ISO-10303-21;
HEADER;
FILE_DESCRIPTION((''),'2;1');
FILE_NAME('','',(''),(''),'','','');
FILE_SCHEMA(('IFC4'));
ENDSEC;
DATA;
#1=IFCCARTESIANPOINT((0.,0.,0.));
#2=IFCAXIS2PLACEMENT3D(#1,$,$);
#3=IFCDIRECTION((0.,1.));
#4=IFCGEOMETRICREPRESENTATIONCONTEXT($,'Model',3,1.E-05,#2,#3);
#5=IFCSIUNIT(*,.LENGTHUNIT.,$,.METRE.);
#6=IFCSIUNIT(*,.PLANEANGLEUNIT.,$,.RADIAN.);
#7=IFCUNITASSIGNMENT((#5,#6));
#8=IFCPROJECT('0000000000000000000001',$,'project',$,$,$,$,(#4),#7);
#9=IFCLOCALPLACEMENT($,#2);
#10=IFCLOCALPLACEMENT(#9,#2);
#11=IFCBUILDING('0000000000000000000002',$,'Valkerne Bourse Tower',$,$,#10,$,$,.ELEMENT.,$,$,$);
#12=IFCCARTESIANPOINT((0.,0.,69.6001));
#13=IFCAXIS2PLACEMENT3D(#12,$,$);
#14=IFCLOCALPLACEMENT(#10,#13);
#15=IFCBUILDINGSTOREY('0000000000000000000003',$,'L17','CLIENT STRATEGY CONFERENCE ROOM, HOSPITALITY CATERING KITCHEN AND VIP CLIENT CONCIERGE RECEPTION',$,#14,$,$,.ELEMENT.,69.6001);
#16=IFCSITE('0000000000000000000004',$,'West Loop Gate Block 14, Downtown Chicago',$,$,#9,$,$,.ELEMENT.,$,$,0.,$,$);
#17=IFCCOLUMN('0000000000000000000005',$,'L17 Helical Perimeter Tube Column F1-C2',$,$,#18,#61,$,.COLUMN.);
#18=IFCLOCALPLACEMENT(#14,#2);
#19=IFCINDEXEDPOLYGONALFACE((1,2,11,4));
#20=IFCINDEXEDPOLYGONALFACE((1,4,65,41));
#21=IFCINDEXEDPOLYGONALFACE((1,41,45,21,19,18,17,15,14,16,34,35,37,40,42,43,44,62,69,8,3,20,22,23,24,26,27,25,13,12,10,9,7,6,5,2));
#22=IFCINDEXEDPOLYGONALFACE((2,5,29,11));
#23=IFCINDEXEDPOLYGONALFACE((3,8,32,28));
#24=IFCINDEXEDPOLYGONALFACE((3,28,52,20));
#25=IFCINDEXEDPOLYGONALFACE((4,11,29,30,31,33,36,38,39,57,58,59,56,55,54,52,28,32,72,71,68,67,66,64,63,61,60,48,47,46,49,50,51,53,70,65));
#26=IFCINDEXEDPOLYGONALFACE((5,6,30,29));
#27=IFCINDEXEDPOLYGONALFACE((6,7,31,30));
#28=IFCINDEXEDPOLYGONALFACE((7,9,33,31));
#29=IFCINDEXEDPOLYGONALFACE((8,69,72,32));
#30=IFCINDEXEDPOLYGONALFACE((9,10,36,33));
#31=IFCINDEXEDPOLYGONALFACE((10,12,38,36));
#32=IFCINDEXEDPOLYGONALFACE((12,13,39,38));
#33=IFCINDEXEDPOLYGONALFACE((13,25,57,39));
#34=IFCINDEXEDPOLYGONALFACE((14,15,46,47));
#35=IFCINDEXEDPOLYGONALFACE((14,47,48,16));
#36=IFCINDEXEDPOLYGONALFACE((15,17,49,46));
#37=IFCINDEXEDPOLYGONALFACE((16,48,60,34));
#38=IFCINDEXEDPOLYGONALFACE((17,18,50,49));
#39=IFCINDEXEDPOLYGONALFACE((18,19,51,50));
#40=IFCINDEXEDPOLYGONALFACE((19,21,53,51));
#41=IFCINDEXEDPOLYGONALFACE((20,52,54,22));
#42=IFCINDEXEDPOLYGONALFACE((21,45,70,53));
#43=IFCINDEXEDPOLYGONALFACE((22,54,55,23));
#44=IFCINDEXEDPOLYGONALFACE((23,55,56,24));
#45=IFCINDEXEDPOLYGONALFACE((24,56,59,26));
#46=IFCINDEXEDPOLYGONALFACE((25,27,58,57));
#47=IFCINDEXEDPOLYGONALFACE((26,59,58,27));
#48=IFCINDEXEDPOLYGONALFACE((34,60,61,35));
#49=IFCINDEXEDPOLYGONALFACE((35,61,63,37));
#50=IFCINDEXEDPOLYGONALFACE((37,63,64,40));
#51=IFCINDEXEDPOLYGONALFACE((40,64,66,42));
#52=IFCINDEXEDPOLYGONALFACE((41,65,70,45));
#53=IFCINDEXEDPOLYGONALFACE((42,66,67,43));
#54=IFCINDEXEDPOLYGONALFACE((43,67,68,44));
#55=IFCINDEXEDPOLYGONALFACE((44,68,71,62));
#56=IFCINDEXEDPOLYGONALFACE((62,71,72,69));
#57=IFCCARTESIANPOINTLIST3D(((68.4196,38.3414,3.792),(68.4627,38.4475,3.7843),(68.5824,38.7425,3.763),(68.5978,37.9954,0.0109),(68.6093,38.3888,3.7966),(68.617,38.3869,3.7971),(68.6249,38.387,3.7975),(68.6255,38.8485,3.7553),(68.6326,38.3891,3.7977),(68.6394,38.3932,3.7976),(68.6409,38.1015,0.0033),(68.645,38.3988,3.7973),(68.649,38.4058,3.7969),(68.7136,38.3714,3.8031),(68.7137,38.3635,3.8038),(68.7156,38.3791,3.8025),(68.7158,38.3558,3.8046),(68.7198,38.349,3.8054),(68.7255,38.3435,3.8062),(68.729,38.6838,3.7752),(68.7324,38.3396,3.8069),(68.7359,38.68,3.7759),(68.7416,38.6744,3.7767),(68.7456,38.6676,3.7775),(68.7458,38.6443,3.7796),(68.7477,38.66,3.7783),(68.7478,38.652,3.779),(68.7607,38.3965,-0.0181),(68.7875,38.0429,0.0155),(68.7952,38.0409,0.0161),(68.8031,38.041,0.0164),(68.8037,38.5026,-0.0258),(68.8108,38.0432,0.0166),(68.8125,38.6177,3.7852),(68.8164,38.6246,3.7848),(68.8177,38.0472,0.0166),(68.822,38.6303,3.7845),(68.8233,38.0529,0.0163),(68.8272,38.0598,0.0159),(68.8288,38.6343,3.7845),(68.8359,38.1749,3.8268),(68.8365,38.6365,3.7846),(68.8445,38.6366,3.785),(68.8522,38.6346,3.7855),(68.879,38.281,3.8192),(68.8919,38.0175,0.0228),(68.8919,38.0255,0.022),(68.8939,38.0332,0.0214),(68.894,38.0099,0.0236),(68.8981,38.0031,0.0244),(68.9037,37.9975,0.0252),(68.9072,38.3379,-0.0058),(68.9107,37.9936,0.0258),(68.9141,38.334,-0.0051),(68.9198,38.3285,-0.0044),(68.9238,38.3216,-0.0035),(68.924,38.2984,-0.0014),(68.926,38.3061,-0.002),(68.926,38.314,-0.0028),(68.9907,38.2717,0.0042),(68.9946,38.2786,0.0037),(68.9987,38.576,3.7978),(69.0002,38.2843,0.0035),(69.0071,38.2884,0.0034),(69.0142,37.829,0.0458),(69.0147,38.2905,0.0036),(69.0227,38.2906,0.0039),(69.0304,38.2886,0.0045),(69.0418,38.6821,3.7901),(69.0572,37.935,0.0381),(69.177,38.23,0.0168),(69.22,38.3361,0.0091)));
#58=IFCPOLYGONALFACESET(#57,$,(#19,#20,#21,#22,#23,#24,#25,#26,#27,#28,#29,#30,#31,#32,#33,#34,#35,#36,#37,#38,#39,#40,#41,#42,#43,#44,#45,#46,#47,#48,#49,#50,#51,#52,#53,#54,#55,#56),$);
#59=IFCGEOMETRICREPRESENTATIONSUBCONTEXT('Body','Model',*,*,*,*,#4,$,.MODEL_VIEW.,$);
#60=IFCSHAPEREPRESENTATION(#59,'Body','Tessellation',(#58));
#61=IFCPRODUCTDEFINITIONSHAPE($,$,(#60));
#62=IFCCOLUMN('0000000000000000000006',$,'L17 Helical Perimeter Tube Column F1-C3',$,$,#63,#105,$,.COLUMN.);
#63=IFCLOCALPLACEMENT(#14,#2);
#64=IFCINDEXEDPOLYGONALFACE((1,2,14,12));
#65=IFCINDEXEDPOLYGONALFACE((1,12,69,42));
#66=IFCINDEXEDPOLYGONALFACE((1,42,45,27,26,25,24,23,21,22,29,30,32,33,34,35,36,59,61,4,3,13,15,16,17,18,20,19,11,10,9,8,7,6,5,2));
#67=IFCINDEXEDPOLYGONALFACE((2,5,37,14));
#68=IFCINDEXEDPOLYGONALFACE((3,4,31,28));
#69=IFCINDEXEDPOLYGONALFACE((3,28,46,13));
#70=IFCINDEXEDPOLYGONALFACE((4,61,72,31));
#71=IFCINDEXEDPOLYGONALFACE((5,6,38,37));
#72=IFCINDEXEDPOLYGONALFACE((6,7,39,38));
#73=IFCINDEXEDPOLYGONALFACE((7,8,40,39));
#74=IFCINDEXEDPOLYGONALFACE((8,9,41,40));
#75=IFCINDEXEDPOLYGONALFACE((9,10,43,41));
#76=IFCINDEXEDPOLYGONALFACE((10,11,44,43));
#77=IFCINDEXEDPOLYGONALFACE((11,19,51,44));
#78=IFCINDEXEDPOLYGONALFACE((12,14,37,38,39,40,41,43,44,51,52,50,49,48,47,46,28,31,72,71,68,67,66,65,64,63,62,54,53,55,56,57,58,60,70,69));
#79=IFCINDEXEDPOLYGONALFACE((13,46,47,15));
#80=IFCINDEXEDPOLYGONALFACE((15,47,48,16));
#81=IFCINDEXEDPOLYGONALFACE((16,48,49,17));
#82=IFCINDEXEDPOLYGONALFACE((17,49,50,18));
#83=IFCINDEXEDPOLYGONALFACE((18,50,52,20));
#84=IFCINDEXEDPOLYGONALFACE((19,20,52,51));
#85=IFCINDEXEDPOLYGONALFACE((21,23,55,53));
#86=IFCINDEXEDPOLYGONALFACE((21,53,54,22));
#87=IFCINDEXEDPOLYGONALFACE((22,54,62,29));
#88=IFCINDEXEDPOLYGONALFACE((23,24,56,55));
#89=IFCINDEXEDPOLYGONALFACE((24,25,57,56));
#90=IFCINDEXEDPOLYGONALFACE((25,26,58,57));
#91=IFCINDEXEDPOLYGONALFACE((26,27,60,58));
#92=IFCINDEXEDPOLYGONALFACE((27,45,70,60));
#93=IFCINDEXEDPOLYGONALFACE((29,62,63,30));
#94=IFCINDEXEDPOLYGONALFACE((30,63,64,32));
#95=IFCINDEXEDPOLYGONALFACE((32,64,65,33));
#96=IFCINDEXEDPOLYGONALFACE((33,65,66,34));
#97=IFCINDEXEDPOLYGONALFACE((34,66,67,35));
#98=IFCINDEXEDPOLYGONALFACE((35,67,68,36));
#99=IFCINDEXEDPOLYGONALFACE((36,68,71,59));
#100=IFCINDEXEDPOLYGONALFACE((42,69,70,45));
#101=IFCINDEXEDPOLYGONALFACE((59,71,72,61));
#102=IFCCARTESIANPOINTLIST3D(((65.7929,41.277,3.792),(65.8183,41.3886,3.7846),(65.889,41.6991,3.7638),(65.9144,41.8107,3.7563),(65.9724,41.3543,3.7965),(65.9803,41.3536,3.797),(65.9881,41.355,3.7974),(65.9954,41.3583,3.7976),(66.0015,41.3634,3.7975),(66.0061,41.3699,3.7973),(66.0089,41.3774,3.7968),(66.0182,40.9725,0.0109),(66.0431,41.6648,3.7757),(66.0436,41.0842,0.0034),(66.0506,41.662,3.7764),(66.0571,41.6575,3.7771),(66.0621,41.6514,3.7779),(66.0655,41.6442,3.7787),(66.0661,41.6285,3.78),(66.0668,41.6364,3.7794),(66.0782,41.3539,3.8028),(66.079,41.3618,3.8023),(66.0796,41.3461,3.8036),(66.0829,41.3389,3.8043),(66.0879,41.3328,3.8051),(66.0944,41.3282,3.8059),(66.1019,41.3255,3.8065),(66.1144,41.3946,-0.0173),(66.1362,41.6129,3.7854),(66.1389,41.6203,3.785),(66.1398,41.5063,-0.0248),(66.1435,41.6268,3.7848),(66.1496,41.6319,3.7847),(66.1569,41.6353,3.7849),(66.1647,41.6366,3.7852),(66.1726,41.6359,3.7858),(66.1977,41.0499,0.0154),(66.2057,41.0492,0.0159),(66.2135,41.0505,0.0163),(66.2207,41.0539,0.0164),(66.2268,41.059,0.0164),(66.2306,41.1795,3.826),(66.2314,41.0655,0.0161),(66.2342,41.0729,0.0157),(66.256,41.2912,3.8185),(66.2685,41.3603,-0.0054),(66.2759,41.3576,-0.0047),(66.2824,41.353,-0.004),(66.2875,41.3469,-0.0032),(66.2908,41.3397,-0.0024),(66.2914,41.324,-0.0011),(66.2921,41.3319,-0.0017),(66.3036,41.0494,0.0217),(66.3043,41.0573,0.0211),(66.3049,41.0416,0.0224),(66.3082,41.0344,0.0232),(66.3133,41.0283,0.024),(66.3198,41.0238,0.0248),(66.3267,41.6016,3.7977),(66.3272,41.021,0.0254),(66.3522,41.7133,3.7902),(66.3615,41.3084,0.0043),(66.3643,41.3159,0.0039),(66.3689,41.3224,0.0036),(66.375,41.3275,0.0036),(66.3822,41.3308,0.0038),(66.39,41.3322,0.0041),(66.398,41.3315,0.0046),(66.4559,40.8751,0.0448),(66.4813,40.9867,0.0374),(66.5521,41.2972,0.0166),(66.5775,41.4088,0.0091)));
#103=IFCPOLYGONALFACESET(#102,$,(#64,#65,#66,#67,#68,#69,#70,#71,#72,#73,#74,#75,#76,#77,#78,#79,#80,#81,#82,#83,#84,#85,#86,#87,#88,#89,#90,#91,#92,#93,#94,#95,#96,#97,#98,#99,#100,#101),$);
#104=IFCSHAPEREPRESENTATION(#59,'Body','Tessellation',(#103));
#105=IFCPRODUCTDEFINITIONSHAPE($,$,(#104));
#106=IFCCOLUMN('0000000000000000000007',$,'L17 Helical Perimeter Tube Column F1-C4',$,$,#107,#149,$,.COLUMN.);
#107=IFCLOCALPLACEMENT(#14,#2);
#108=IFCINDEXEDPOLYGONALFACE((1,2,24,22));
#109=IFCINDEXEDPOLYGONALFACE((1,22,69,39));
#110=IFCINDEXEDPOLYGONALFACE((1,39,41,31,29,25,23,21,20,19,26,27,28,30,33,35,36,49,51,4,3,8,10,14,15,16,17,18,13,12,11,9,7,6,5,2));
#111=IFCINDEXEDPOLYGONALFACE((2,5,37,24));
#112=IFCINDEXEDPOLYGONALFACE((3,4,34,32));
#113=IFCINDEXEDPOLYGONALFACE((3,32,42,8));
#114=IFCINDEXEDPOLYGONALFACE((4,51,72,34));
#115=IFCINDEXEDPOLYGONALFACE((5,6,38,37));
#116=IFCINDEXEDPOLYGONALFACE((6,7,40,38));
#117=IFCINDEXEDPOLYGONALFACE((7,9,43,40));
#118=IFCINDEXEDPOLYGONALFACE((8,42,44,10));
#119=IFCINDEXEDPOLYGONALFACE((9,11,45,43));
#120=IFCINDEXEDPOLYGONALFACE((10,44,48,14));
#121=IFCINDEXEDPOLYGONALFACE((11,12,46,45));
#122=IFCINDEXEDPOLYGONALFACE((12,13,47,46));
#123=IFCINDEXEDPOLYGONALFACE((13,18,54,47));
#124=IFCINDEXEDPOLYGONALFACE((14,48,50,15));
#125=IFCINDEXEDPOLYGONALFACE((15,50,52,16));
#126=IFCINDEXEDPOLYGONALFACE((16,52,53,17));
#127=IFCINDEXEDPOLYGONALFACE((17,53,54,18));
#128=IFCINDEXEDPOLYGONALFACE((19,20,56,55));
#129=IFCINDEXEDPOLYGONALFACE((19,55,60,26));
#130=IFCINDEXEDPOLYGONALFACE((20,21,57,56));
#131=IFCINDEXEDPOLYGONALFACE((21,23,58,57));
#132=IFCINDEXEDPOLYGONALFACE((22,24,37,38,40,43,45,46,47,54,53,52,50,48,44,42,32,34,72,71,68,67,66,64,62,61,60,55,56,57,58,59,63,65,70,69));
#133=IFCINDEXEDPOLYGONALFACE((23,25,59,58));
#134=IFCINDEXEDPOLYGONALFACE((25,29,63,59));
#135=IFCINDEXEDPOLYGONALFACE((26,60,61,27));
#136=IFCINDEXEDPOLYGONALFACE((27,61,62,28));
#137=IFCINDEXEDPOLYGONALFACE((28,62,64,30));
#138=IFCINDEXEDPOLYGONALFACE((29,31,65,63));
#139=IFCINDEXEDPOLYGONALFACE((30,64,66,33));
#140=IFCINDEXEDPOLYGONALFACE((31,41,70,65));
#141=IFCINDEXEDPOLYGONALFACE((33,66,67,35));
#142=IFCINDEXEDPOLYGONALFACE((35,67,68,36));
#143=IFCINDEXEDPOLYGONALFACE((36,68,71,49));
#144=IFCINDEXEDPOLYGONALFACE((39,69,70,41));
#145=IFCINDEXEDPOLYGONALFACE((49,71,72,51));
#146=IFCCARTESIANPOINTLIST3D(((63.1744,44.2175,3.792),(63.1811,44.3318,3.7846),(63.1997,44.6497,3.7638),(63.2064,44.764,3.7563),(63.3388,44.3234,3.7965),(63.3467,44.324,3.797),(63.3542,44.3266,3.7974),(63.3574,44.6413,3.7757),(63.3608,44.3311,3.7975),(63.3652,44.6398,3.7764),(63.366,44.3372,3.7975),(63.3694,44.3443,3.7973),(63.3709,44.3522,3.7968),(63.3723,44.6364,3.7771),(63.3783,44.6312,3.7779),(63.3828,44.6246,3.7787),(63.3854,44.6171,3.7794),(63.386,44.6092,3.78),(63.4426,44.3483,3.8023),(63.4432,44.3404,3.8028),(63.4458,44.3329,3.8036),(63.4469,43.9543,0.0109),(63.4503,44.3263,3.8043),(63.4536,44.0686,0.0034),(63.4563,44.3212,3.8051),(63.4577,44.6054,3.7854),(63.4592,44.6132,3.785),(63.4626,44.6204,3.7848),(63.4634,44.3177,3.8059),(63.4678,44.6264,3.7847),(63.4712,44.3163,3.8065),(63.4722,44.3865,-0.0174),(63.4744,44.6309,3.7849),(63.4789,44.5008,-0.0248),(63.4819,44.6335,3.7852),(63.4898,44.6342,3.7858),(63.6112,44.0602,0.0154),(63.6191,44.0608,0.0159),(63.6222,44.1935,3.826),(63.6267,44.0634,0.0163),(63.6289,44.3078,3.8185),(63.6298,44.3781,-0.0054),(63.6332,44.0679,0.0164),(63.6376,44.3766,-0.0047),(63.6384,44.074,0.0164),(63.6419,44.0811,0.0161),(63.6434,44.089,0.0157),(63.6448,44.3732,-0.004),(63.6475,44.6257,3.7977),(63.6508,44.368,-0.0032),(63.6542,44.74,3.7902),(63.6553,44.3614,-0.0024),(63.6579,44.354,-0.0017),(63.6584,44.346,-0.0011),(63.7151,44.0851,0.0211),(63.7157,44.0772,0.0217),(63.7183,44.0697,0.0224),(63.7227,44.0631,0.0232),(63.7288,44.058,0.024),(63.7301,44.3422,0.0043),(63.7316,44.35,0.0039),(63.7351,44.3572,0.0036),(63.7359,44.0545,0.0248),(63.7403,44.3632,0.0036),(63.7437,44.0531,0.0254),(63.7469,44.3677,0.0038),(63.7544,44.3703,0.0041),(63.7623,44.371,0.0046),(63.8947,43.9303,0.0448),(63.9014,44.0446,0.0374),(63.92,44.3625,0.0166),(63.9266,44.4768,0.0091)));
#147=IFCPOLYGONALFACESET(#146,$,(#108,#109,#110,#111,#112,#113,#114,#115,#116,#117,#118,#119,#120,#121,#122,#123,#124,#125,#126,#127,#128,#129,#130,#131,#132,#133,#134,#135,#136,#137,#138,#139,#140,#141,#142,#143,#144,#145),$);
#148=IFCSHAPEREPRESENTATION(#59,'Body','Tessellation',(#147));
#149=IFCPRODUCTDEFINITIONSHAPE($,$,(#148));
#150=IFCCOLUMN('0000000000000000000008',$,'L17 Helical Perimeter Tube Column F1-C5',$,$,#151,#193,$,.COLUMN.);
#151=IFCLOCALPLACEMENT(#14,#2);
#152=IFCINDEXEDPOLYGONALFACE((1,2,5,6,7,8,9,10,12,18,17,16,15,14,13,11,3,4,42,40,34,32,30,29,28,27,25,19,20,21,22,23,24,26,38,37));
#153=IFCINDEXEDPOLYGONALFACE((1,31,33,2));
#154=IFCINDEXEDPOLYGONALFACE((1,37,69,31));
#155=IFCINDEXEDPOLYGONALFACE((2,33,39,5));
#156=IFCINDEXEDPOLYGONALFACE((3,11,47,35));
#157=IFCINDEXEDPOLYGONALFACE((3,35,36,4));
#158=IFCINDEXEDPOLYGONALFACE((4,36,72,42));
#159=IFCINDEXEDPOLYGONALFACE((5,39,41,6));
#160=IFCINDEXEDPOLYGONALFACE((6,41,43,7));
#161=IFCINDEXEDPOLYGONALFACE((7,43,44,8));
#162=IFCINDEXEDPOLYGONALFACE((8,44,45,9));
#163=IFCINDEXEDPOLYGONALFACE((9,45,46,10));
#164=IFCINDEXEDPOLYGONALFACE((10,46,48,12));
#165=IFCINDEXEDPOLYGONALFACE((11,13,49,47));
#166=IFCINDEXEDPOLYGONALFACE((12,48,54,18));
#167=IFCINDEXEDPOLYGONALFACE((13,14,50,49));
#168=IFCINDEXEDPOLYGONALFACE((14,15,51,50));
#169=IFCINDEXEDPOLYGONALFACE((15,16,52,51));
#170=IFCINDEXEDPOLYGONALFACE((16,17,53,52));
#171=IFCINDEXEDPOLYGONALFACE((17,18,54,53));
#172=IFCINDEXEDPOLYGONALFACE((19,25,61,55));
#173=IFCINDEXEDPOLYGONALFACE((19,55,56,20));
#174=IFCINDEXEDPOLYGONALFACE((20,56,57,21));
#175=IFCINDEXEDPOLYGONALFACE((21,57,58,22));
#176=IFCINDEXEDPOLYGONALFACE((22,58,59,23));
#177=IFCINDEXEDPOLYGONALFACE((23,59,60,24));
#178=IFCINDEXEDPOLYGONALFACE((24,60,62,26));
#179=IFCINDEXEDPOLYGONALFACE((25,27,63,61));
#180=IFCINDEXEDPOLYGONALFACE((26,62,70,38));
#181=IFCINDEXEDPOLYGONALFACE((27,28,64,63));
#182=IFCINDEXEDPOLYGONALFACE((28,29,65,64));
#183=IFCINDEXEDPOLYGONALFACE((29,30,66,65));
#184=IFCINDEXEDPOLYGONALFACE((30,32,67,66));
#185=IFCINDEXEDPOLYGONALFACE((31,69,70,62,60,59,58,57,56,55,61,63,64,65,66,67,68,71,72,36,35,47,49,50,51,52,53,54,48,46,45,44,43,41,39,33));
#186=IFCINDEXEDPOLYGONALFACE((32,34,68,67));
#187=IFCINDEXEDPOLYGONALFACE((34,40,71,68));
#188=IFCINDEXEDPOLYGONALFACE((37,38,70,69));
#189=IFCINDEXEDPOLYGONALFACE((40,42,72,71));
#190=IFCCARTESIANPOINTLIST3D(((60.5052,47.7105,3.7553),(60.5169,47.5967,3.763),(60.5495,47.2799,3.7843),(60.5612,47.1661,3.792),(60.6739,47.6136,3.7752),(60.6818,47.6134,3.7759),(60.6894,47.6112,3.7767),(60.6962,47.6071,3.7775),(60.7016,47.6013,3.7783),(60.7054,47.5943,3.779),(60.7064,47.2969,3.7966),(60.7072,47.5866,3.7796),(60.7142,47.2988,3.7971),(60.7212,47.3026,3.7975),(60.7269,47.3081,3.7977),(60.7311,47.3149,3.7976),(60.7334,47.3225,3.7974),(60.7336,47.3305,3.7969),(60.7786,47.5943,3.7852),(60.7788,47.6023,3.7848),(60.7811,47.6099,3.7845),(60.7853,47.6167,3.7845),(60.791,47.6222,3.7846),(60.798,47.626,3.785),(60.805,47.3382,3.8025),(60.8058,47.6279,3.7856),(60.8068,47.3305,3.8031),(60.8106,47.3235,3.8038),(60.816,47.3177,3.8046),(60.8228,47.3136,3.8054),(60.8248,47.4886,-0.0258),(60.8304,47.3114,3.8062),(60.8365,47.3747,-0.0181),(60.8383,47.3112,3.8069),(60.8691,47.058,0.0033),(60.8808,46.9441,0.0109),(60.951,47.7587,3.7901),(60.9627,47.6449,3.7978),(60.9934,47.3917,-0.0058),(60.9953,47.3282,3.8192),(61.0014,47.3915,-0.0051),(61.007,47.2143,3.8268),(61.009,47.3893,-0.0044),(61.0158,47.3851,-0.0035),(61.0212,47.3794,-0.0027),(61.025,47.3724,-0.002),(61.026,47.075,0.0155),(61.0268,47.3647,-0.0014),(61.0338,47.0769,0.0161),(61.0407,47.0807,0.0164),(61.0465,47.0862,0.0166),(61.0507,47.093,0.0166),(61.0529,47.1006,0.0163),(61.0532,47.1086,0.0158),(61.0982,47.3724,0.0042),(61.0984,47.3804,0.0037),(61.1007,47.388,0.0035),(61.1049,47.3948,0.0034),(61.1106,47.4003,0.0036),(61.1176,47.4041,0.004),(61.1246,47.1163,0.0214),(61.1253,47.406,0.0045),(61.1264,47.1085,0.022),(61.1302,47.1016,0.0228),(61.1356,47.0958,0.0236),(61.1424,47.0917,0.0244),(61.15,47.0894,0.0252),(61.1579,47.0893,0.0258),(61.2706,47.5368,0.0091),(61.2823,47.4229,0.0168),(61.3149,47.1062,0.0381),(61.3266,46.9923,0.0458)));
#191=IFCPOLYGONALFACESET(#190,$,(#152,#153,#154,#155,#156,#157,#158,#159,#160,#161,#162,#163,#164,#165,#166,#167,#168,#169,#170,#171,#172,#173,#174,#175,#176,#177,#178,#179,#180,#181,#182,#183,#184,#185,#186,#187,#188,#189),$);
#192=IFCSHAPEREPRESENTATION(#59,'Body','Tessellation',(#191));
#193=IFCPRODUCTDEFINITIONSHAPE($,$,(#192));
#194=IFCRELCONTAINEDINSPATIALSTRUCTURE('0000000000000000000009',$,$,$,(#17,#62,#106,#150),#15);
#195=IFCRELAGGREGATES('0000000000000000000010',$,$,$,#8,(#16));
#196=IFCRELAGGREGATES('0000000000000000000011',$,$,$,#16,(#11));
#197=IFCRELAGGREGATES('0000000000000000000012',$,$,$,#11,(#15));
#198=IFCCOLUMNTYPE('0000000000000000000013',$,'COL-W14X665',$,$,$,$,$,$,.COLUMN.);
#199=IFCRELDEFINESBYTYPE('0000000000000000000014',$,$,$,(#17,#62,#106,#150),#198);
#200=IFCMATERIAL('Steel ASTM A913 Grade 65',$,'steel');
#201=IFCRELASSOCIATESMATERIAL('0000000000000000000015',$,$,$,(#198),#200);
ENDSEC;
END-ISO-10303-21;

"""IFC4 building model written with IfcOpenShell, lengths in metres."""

from ifc_helpers import new_model, si_unit, direction, frame, origin, origin_2d, place, context, subcontext, project, spatial, i_section, extrude, material, material_profile, profile_set, type_object, element, save


model = new_model("IFC4")

# Units and contexts
model_context = context("Model", 3, precision=1e-05, world=origin(), true_north=direction((0.0, 1.0)))
body_context = subcontext(model_context, "Body", "Model", "MODEL_VIEW")
ifc_project = project(units=[si_unit("LENGTHUNIT", "METRE"), si_unit("PLANEANGLEUNIT", "RADIAN")], contexts=[model_context])

# Site, building, storey
site_placement = place(None, origin())
site = spatial("IfcSite", under=ifc_project, at=site_placement, Name="West Loop Gate Block 14, Downtown Chicago", CompositionType="ELEMENT", RefElevation=0.0)
building_placement = place(site_placement, origin())
building = spatial("IfcBuilding", under=site, at=building_placement, Name="Valkerne Bourse Tower", CompositionType="ELEMENT")
storey_placement = place(building_placement, frame((0.0, 0.0, 69.6001)))
storey = spatial("IfcBuildingStorey", under=building, at=storey_placement, Name="L17", Description="CLIENT STRATEGY CONFERENCE ROOM, HOSPITALITY CATERING KITCHEN AND VIP CLIENT CONCIERGE RECEPTION", CompositionType="ELEMENT", Elevation=69.6001)

# Columns
ifc_material_1 = material(Name="Steel ASTM A913 Grade 65", Category="steel")
ifc_material_profile_1 = material_profile(ifc_material_1, i_section(OverallWidth=0.4497, OverallDepth=0.5486, WebThickness=0.072, FlangeThickness=0.1147, FilletRadius=0.0305, at=origin_2d()), Name="W14X665")
ifc_profile_set_1 = profile_set([ifc_material_profile_1], Name="Steel ASTM A913 Grade 65")
column_type = type_object("IfcColumnType", Name="COL-W14X665", PredefinedType="COLUMN", material=ifc_profile_set_1)
column_1_placement = place(storey_placement, frame((68.9089, 38.1658, 0.01), z_axis=(-0.046889, 0.091015, 0.994745), x_axis=(0.92573, -0.370159, 0.077504)))
element("IfcColumn", 1, at=column_1_placement, inside=storey, type_object=column_type, Name="L17 Helical Perimeter Tube Column F1-C2", PredefinedType="COLUMN", context=body_context, shape_type="SweptSolid", body=[
    extrude(i_section(OverallWidth=0.4497, OverallDepth=0.5486, WebThickness=0.072, FlangeThickness=0.1147, FilletRadius=0.0305, at=origin_2d()), origin(), (0.0, 0.0, 1.0), 3.801),
])
for number, where, z_axis, x_axis, name in (
    (2, (66.2979, 41.1907, 0.01), (-0.059302, 0.080118, 0.99502), (0.973322, -0.21668, 0.075455), "L17 Helical Perimeter Tube Column F1-C3"),
    (3, (63.6868, 44.2156, 0.01), (-0.071701, 0.06926, 0.995019), (0.995721, -0.053336, 0.075465), "L17 Helical Perimeter Tube Column F1-C4"),
):
    element("IfcColumn", number, at=place(storey_placement, frame(where, z_axis=z_axis, x_axis=x_axis)), inside=storey, type_object=column_type, Name=name, PredefinedType="COLUMN", context=body_context, shape_type="SweptSolid", body=[
        extrude(i_section(OverallWidth=0.4497, OverallDepth=0.5486, WebThickness=0.072, FlangeThickness=0.1147, FilletRadius=0.0305, at=origin_2d()), origin(), (0.0, 0.0, 1.0), 3.8),
    ])
column_2_placement = place(storey_placement, frame((61.0757, 47.2405, 0.01), z_axis=(-0.084079, 0.058386, 0.994747), x_axis=(0.991214, 0.107196, 0.077488)))
element("IfcColumn", 4, at=column_2_placement, inside=storey, type_object=column_type, Name="L17 Helical Perimeter Tube Column F1-C5", PredefinedType="COLUMN", context=body_context, shape_type="SweptSolid", body=[
    extrude(i_section(OverallWidth=0.4497, OverallDepth=0.5486, WebThickness=0.072, FlangeThickness=0.1147, FilletRadius=0.0305, at=origin_2d()), origin(), (0.0, 0.0, 1.0), 3.801),
])

save(model, "model.ifc")
